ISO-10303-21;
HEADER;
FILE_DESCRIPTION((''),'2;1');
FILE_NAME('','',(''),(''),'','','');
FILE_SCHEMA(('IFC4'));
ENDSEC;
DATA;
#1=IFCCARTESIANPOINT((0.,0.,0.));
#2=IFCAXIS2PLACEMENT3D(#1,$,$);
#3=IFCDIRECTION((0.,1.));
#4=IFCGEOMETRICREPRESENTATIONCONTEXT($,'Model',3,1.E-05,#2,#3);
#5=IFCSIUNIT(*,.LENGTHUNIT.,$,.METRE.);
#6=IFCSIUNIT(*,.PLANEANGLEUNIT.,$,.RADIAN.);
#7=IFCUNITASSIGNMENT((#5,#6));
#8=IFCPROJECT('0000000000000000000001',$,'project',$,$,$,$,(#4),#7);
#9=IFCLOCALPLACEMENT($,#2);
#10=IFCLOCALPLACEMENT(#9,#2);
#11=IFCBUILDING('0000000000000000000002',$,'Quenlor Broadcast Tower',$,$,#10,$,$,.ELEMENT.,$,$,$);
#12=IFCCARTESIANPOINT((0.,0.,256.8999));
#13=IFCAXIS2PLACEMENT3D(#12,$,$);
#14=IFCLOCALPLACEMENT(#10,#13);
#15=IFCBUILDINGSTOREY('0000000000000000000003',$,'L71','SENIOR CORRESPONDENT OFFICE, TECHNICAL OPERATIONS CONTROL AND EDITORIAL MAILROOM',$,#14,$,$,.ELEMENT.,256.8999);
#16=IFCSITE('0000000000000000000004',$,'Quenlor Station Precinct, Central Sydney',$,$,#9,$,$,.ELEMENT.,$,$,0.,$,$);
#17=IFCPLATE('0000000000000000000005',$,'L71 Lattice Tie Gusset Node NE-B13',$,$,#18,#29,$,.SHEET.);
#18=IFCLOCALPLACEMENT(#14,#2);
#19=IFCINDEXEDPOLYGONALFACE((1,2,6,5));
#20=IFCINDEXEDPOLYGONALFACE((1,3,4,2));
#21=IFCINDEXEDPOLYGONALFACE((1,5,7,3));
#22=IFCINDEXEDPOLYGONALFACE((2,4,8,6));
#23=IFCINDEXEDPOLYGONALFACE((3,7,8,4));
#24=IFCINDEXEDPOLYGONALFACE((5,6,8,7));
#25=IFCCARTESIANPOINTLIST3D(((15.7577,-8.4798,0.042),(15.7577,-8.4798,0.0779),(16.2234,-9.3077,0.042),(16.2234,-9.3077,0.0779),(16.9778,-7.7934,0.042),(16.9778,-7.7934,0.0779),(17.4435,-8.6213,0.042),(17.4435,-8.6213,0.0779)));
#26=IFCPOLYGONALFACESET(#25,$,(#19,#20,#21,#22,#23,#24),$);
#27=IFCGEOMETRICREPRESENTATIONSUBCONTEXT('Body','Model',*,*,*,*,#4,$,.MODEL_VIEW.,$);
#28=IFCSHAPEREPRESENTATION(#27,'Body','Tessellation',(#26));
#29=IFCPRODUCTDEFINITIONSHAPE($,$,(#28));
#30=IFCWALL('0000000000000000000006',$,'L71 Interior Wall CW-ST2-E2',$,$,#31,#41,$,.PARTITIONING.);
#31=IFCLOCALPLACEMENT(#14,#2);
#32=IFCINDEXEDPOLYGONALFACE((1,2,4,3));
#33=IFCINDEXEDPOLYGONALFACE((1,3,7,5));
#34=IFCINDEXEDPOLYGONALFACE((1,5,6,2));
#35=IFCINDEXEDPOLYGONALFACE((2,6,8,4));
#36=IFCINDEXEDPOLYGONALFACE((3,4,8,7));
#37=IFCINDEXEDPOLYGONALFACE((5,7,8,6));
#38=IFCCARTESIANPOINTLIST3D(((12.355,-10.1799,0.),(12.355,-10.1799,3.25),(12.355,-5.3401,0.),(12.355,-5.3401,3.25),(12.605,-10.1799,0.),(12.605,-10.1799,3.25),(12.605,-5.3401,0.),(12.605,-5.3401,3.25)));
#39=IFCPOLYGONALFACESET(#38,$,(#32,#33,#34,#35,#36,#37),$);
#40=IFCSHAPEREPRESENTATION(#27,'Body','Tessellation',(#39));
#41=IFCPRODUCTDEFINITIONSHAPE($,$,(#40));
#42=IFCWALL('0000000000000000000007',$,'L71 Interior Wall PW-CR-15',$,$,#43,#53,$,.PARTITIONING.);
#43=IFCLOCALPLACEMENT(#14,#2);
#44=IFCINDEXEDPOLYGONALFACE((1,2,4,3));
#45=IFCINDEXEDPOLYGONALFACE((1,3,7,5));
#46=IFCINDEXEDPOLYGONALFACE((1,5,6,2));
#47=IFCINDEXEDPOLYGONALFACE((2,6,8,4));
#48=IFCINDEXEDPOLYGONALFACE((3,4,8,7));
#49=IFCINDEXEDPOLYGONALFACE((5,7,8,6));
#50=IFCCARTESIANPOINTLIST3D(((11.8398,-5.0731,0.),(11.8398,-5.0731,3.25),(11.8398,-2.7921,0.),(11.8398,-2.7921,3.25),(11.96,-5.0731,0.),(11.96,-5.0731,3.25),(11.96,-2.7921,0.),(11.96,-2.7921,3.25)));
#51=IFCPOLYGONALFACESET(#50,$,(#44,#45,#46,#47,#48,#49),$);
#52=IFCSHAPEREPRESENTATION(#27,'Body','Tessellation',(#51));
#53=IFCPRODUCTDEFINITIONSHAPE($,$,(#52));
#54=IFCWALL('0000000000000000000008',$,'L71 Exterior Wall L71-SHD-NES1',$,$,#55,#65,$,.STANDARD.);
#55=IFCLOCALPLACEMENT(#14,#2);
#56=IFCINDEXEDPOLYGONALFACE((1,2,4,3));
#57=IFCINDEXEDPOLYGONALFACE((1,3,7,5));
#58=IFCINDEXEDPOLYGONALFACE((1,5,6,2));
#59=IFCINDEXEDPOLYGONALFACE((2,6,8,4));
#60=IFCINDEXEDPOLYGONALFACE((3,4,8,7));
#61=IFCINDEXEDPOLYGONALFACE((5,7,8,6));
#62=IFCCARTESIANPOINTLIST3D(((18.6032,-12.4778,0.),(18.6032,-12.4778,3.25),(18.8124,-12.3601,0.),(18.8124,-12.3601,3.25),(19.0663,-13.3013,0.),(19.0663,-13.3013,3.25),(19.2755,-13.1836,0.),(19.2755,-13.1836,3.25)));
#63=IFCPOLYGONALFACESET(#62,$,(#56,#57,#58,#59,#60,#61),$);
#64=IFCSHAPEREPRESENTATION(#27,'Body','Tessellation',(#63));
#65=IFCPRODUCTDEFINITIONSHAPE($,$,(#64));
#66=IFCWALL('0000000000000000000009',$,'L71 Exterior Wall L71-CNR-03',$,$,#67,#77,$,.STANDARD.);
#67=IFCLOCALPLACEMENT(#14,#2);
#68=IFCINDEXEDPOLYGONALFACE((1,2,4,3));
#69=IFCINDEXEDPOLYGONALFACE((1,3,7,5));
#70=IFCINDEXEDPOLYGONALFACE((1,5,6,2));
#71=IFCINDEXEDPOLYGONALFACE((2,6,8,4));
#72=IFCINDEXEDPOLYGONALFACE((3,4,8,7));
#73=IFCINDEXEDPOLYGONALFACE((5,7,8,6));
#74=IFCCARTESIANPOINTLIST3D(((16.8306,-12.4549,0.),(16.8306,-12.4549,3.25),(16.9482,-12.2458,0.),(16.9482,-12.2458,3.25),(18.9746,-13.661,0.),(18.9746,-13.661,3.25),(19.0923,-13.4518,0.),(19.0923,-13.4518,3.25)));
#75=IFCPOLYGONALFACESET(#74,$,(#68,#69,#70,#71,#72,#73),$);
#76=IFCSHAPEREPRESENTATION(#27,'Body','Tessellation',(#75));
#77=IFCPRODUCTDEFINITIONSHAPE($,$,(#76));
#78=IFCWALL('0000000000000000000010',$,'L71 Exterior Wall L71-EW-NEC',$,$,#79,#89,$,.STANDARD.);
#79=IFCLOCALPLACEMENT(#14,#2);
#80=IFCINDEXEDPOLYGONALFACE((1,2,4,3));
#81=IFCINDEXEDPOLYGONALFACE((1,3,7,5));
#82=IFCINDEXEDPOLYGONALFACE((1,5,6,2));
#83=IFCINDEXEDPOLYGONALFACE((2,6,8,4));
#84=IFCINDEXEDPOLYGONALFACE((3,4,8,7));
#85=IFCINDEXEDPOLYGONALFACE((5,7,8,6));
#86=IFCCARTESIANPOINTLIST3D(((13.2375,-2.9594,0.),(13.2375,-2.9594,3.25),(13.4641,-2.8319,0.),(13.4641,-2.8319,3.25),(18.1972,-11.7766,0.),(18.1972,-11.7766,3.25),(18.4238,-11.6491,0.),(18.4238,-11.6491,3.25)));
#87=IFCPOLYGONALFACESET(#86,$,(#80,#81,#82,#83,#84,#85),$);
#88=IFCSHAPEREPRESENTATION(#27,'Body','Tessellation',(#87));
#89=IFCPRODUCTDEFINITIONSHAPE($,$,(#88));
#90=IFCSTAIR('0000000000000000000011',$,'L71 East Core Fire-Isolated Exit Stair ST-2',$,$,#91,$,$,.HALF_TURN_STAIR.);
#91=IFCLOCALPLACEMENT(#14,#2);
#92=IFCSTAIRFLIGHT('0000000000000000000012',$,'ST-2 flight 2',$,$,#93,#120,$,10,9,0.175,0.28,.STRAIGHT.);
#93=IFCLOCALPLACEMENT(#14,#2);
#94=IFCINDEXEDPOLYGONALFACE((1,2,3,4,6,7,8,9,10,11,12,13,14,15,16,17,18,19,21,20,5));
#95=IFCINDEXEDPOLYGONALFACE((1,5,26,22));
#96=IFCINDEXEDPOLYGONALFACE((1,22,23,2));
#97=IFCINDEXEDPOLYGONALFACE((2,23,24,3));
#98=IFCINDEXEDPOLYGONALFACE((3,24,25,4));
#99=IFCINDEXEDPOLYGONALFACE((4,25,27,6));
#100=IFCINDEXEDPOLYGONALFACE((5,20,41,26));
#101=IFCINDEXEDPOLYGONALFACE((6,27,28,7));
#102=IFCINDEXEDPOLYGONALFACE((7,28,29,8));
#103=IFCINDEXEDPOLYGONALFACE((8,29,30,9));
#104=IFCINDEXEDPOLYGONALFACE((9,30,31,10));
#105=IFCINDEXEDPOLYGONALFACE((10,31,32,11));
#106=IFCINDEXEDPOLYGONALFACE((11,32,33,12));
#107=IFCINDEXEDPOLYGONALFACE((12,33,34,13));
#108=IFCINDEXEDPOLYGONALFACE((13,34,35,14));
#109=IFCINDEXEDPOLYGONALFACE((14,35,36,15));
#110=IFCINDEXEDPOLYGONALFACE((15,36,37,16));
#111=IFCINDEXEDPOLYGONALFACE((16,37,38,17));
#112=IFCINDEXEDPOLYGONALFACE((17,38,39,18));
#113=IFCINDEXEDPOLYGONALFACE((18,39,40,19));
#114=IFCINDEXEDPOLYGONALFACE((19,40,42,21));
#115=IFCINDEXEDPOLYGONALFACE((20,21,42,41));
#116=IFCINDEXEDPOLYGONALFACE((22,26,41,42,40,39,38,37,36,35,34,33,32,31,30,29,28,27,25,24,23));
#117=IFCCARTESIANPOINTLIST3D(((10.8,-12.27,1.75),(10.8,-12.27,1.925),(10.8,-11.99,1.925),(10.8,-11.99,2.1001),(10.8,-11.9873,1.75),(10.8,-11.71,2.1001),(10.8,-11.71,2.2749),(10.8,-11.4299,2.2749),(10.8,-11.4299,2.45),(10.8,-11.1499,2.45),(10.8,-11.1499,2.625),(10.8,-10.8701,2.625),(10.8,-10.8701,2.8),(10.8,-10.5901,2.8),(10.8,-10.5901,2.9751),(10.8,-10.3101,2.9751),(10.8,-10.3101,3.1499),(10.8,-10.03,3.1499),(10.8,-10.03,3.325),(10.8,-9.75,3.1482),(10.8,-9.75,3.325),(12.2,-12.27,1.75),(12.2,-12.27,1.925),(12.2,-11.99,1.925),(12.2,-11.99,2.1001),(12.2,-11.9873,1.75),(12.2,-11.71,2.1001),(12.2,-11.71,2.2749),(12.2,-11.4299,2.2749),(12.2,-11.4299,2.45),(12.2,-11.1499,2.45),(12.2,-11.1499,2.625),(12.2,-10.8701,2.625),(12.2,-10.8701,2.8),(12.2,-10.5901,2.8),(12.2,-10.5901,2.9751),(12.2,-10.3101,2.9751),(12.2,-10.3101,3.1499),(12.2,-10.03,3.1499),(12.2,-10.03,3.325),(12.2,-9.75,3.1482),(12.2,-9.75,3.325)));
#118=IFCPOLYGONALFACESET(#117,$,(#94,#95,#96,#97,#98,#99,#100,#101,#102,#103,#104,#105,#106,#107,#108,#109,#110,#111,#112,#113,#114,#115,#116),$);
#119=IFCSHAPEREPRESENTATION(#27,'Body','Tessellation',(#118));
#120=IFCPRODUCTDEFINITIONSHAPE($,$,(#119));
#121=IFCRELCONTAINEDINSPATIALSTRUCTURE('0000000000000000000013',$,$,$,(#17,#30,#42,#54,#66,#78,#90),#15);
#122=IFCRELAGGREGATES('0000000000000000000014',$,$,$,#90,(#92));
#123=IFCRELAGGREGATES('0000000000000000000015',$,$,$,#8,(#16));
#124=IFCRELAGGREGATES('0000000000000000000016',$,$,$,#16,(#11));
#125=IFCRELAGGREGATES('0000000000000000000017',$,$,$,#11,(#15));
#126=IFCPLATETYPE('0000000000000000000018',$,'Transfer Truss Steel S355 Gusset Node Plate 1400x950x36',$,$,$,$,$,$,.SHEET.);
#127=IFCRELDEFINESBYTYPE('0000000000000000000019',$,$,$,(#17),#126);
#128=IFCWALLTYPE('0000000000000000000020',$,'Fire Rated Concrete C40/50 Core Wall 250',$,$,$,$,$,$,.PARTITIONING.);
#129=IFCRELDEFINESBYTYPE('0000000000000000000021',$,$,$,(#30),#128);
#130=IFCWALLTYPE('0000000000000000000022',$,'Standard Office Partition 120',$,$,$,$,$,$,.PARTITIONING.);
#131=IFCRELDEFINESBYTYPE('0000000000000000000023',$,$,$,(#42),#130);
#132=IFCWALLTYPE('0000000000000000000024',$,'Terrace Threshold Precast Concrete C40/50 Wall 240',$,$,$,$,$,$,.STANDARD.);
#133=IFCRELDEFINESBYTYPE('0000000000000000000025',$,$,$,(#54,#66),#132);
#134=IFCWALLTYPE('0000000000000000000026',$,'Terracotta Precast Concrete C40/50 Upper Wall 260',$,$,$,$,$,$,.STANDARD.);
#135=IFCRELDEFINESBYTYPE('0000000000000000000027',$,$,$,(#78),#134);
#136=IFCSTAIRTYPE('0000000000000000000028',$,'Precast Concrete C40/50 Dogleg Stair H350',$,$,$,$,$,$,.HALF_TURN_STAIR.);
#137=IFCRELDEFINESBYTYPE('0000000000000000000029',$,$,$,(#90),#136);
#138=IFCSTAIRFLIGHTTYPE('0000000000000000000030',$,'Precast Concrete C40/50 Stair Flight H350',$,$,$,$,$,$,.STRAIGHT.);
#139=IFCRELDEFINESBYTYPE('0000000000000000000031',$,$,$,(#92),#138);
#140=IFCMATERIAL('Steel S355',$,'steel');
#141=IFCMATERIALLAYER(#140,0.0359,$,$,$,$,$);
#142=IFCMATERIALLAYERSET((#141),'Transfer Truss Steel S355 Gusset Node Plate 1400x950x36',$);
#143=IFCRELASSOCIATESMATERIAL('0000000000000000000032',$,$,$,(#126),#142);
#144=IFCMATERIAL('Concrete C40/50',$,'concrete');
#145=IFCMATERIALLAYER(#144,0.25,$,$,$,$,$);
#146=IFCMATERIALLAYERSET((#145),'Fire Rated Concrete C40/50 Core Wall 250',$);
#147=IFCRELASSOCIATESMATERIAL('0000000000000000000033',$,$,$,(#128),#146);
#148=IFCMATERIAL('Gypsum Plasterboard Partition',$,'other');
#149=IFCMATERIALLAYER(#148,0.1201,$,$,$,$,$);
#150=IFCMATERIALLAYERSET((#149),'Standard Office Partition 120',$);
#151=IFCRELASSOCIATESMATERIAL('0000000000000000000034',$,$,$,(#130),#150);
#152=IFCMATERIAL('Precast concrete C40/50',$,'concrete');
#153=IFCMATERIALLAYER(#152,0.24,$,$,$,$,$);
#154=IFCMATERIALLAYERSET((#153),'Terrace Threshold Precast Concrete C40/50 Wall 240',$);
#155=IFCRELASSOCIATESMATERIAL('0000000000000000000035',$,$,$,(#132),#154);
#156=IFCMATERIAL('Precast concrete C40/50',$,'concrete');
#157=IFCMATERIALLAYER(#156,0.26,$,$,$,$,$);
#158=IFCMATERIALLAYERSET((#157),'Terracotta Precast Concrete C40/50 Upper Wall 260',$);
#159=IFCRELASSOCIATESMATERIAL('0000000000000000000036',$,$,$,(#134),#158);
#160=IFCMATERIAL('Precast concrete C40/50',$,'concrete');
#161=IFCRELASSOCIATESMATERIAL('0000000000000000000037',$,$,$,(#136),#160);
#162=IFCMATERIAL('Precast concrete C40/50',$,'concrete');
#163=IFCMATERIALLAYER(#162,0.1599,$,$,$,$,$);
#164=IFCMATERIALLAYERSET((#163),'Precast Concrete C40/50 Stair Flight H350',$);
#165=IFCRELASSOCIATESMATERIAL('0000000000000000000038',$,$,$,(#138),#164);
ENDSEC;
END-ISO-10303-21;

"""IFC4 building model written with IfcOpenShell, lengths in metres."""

from ifc_helpers import new_model, si_unit, direction, frame, frame_2d, origin, origin_2d, place, context, subcontext, project, spatial, polyline, rectangle, outline, extrude, material, layer, layer_set, type_object, element, aggregate, save


model = new_model("IFC4")

# Units and contexts
model_context = context("Model", 3, precision=1e-05, world=origin(), true_north=direction((0.0, 1.0)))
body_context = subcontext(model_context, "Body", "Model", "MODEL_VIEW")
ifc_project = project(units=[si_unit("LENGTHUNIT", "METRE"), si_unit("PLANEANGLEUNIT", "RADIAN")], contexts=[model_context])

# Site, building, storey
site_placement = place(None, origin())
site = spatial("IfcSite", under=ifc_project, at=site_placement, Name="Quenlor Station Precinct, Central Sydney", CompositionType="ELEMENT", RefElevation=0.0)
building_placement = place(site_placement, origin())
building = spatial("IfcBuilding", under=site, at=building_placement, Name="Quenlor Broadcast Tower", CompositionType="ELEMENT")
storey_placement = place(building_placement, frame((0.0, 0.0, 256.8999)))
storey = spatial("IfcBuildingStorey", under=building, at=storey_placement, Name="L71", Description="SENIOR CORRESPONDENT OFFICE, TECHNICAL OPERATIONS CONTROL AND EDITORIAL MAILROOM", CompositionType="ELEMENT", Elevation=256.8999)

# Plate
ifc_material_1 = material(Name="Steel S355", Category="steel")
ifc_layer_1 = layer(ifc_material_1, 0.0359)
ifc_layer_set_1 = layer_set([ifc_layer_1], Name="Transfer Truss Steel S355 Gusset Node Plate 1400x950x36")
plate_type = type_object("IfcPlateType", Name="Transfer Truss Steel S355 Gusset Node Plate 1400x950x36", PredefinedType="SHEET", material=ifc_layer_set_1)
for number, where, z_axis, x_axis, name in (
    (1, (16.6006, -8.5505, 0.042), (0.0, 0.0, 1.0), (0.871556, 0.490295, 0.0), "L71 Lattice Tie Gusset Node NE-B13"),
):
    element("IfcPlate", number, at=place(storey_placement, frame(where, z_axis=z_axis, x_axis=x_axis)), inside=storey, type_object=plate_type, Name=name, PredefinedType="SHEET", context=body_context, shape_type="SweptSolid", body=[
        extrude(rectangle(XDim=1.3999, YDim=0.95, at=origin_2d()), origin(), (0.0, 0.0, 1.0), 0.0359),
    ])

# Walls
ifc_material_2 = material(Name="Concrete C40/50", Category="concrete")
ifc_layer_2 = layer(ifc_material_2, 0.25)
ifc_layer_set_2 = layer_set([ifc_layer_2], Name="Fire Rated Concrete C40/50 Core Wall 250")
wall_type_1 = type_object("IfcWallType", Name="Fire Rated Concrete C40/50 Core Wall 250", PredefinedType="PARTITIONING", material=ifc_layer_set_2)
wall_1_placement = place(storey_placement, frame((12.48, -10.1799, 0.0), z_axis=(0.0, 0.0, 1.0), x_axis=(0.0, 1.0, 0.0)))
element("IfcWall", 2, at=wall_1_placement, inside=storey, type_object=wall_type_1, Name="L71 Interior Wall CW-ST2-E2", PredefinedType="PARTITIONING", context=body_context, shape_type="SweptSolid", body=[
    extrude(rectangle(XDim=4.8398, YDim=0.25, at=frame_2d((2.4199, 0.0))), origin(), (0.0, 0.0, 1.0), 3.25),
])
ifc_material_3 = material(Name="Gypsum Plasterboard Partition", Category="other")
ifc_layer_3 = layer(ifc_material_3, 0.1201)
ifc_layer_set_3 = layer_set([ifc_layer_3], Name="Standard Office Partition 120")
wall_type_2 = type_object("IfcWallType", Name="Standard Office Partition 120", PredefinedType="PARTITIONING", material=ifc_layer_set_3)
wall_2_placement = place(storey_placement, frame((11.8999, -2.792, 0.0), z_axis=(0.0, 0.0, 1.0), x_axis=(0.0, -1.0, 0.0)))
element("IfcWall", 3, at=wall_2_placement, inside=storey, type_object=wall_type_2, Name="L71 Interior Wall PW-CR-15", PredefinedType="PARTITIONING", context=body_context, shape_type="SweptSolid", body=[
    extrude(rectangle(XDim=2.281, YDim=0.1201, at=frame_2d((1.1406, 0.0))), origin(), (0.0, 0.0, 1.0), 3.25),
])
ifc_material_4 = material(Name="Precast concrete C40/50", Category="concrete")
ifc_layer_4 = layer(ifc_material_4, 0.24)
ifc_layer_set_4 = layer_set([ifc_layer_4], Name="Terrace Threshold Precast Concrete C40/50 Wall 240")
wall_type_3 = type_object("IfcWallType", Name="Terrace Threshold Precast Concrete C40/50 Wall 240", PredefinedType="STANDARD", material=ifc_layer_set_4)
wall_3_placement = place(storey_placement, frame((18.7078, -12.4189, 0.0), z_axis=(0.0, 0.0, 1.0), x_axis=(0.4902, -0.87161, 0.0)))
element("IfcWall", 4, at=wall_3_placement, inside=storey, type_object=wall_type_3, Name="L71 Exterior Wall L71-SHD-NES1", PredefinedType="STANDARD", context=body_context, shape_type="SweptSolid", body=[
    extrude(rectangle(XDim=0.9448, YDim=0.24, at=frame_2d((0.4724, 0.0))), origin(), (0.0, 0.0, 1.0), 3.25),
])
wall_4_placement = place(storey_placement, frame((16.8894, -12.3503, 0.0), z_axis=(0.0, 0.0, 1.0), x_axis=(0.87157, -0.490271, 0.0)))
element("IfcWall", 5, at=wall_4_placement, inside=storey, type_object=wall_type_3, Name="L71 Exterior Wall L71-CNR-03", PredefinedType="STANDARD", context=body_context, shape_type="SweptSolid", body=[
    extrude(rectangle(XDim=2.46, YDim=0.24, at=frame_2d((1.23, 0.0))), origin(), (0.0, 0.0, 1.0), 3.25),
])
ifc_material_5 = material(Name="Precast concrete C40/50", Category="concrete")
ifc_layer_5 = layer(ifc_material_5, 0.26)
ifc_layer_set_5 = layer_set([ifc_layer_5], Name="Terracotta Precast Concrete C40/50 Upper Wall 260")
wall_type_4 = type_object("IfcWallType", Name="Terracotta Precast Concrete C40/50 Upper Wall 260", PredefinedType="STANDARD", material=ifc_layer_set_5)
wall_5_placement = place(storey_placement, frame((13.3508, -2.8958, 0.0), z_axis=(0.0, 0.0, 1.0), x_axis=(0.490267, -0.871572, 0.0)))
element("IfcWall", 6, at=wall_5_placement, inside=storey, type_object=wall_type_4, Name="L71 Exterior Wall L71-EW-NEC", PredefinedType="STANDARD", context=body_context, shape_type="SweptSolid", body=[
    extrude(rectangle(XDim=10.1165, YDim=0.26, at=frame_2d((5.0581, 0.0))), origin(), (0.0, 0.0, 1.0), 3.25),
])

# Stair, stair flight
ifc_material_6 = material(Name="Precast concrete C40/50", Category="concrete")
stair_type = type_object("IfcStairType", Name="Precast Concrete C40/50 Dogleg Stair H350", PredefinedType="HALF_TURN_STAIR", material=ifc_material_6)
stair_placement = place(storey_placement, origin())
stair = element("IfcStair", 7, at=stair_placement, inside=storey, type_object=stair_type, Name="L71 East Core Fire-Isolated Exit Stair ST-2", PredefinedType="HALF_TURN_STAIR")
ifc_material_7 = material(Name="Precast concrete C40/50", Category="concrete")
ifc_layer_6 = layer(ifc_material_7, 0.1599)
ifc_layer_set_6 = layer_set([ifc_layer_6], Name="Precast Concrete C40/50 Stair Flight H350")
stair_flight_type = type_object("IfcStairFlightType", Name="Precast Concrete C40/50 Stair Flight H350", PredefinedType="STRAIGHT", material=ifc_layer_set_6)
stair_flight_placement = place(storey_placement, frame((11.5, -12.27, 1.75), z_axis=(0.0, 0.0, 1.0), x_axis=(0.0, 1.0, 0.0)))
stair_flight = element("IfcStairFlight", 8, at=stair_flight_placement, type_object=stair_flight_type, Name="ST-2 flight 2", NumberOfRisers=10, NumberOfTreads=9, PredefinedType="STRAIGHT", RiserHeight=0.175, TreadLength=0.28, context=body_context, shape_type="SweptSolid", body=[
    extrude(outline(polyline([(0.0, 0.0), (0.0, 0.175), (0.28, 0.175), (0.28, 0.3501), (0.5601, 0.3501), (0.5601, 0.5249), (0.8401, 0.5249), (0.8401, 0.7), (1.1201, 0.7), (1.1201, 0.875), (1.3999, 0.875), (1.3999, 1.05), (1.6799, 1.05), (1.6799, 1.2251), (1.96, 1.2251), (1.96, 1.3999), (2.24, 1.3999), (2.24, 1.575), (2.52, 1.575), (2.52, 1.75), (2.52, 1.3982), (0.2827, 0.0), (0.0, 0.0)])), frame((0.0, 0.7, 0.0), z_axis=(0.0, -1.0, 0.0), x_axis=(1.0, 0.0, 0.0)), (0.0, 0.0, 1.0), 1.3999),
])
aggregate(stair, [stair_flight])

save(model, "model.ifc")
